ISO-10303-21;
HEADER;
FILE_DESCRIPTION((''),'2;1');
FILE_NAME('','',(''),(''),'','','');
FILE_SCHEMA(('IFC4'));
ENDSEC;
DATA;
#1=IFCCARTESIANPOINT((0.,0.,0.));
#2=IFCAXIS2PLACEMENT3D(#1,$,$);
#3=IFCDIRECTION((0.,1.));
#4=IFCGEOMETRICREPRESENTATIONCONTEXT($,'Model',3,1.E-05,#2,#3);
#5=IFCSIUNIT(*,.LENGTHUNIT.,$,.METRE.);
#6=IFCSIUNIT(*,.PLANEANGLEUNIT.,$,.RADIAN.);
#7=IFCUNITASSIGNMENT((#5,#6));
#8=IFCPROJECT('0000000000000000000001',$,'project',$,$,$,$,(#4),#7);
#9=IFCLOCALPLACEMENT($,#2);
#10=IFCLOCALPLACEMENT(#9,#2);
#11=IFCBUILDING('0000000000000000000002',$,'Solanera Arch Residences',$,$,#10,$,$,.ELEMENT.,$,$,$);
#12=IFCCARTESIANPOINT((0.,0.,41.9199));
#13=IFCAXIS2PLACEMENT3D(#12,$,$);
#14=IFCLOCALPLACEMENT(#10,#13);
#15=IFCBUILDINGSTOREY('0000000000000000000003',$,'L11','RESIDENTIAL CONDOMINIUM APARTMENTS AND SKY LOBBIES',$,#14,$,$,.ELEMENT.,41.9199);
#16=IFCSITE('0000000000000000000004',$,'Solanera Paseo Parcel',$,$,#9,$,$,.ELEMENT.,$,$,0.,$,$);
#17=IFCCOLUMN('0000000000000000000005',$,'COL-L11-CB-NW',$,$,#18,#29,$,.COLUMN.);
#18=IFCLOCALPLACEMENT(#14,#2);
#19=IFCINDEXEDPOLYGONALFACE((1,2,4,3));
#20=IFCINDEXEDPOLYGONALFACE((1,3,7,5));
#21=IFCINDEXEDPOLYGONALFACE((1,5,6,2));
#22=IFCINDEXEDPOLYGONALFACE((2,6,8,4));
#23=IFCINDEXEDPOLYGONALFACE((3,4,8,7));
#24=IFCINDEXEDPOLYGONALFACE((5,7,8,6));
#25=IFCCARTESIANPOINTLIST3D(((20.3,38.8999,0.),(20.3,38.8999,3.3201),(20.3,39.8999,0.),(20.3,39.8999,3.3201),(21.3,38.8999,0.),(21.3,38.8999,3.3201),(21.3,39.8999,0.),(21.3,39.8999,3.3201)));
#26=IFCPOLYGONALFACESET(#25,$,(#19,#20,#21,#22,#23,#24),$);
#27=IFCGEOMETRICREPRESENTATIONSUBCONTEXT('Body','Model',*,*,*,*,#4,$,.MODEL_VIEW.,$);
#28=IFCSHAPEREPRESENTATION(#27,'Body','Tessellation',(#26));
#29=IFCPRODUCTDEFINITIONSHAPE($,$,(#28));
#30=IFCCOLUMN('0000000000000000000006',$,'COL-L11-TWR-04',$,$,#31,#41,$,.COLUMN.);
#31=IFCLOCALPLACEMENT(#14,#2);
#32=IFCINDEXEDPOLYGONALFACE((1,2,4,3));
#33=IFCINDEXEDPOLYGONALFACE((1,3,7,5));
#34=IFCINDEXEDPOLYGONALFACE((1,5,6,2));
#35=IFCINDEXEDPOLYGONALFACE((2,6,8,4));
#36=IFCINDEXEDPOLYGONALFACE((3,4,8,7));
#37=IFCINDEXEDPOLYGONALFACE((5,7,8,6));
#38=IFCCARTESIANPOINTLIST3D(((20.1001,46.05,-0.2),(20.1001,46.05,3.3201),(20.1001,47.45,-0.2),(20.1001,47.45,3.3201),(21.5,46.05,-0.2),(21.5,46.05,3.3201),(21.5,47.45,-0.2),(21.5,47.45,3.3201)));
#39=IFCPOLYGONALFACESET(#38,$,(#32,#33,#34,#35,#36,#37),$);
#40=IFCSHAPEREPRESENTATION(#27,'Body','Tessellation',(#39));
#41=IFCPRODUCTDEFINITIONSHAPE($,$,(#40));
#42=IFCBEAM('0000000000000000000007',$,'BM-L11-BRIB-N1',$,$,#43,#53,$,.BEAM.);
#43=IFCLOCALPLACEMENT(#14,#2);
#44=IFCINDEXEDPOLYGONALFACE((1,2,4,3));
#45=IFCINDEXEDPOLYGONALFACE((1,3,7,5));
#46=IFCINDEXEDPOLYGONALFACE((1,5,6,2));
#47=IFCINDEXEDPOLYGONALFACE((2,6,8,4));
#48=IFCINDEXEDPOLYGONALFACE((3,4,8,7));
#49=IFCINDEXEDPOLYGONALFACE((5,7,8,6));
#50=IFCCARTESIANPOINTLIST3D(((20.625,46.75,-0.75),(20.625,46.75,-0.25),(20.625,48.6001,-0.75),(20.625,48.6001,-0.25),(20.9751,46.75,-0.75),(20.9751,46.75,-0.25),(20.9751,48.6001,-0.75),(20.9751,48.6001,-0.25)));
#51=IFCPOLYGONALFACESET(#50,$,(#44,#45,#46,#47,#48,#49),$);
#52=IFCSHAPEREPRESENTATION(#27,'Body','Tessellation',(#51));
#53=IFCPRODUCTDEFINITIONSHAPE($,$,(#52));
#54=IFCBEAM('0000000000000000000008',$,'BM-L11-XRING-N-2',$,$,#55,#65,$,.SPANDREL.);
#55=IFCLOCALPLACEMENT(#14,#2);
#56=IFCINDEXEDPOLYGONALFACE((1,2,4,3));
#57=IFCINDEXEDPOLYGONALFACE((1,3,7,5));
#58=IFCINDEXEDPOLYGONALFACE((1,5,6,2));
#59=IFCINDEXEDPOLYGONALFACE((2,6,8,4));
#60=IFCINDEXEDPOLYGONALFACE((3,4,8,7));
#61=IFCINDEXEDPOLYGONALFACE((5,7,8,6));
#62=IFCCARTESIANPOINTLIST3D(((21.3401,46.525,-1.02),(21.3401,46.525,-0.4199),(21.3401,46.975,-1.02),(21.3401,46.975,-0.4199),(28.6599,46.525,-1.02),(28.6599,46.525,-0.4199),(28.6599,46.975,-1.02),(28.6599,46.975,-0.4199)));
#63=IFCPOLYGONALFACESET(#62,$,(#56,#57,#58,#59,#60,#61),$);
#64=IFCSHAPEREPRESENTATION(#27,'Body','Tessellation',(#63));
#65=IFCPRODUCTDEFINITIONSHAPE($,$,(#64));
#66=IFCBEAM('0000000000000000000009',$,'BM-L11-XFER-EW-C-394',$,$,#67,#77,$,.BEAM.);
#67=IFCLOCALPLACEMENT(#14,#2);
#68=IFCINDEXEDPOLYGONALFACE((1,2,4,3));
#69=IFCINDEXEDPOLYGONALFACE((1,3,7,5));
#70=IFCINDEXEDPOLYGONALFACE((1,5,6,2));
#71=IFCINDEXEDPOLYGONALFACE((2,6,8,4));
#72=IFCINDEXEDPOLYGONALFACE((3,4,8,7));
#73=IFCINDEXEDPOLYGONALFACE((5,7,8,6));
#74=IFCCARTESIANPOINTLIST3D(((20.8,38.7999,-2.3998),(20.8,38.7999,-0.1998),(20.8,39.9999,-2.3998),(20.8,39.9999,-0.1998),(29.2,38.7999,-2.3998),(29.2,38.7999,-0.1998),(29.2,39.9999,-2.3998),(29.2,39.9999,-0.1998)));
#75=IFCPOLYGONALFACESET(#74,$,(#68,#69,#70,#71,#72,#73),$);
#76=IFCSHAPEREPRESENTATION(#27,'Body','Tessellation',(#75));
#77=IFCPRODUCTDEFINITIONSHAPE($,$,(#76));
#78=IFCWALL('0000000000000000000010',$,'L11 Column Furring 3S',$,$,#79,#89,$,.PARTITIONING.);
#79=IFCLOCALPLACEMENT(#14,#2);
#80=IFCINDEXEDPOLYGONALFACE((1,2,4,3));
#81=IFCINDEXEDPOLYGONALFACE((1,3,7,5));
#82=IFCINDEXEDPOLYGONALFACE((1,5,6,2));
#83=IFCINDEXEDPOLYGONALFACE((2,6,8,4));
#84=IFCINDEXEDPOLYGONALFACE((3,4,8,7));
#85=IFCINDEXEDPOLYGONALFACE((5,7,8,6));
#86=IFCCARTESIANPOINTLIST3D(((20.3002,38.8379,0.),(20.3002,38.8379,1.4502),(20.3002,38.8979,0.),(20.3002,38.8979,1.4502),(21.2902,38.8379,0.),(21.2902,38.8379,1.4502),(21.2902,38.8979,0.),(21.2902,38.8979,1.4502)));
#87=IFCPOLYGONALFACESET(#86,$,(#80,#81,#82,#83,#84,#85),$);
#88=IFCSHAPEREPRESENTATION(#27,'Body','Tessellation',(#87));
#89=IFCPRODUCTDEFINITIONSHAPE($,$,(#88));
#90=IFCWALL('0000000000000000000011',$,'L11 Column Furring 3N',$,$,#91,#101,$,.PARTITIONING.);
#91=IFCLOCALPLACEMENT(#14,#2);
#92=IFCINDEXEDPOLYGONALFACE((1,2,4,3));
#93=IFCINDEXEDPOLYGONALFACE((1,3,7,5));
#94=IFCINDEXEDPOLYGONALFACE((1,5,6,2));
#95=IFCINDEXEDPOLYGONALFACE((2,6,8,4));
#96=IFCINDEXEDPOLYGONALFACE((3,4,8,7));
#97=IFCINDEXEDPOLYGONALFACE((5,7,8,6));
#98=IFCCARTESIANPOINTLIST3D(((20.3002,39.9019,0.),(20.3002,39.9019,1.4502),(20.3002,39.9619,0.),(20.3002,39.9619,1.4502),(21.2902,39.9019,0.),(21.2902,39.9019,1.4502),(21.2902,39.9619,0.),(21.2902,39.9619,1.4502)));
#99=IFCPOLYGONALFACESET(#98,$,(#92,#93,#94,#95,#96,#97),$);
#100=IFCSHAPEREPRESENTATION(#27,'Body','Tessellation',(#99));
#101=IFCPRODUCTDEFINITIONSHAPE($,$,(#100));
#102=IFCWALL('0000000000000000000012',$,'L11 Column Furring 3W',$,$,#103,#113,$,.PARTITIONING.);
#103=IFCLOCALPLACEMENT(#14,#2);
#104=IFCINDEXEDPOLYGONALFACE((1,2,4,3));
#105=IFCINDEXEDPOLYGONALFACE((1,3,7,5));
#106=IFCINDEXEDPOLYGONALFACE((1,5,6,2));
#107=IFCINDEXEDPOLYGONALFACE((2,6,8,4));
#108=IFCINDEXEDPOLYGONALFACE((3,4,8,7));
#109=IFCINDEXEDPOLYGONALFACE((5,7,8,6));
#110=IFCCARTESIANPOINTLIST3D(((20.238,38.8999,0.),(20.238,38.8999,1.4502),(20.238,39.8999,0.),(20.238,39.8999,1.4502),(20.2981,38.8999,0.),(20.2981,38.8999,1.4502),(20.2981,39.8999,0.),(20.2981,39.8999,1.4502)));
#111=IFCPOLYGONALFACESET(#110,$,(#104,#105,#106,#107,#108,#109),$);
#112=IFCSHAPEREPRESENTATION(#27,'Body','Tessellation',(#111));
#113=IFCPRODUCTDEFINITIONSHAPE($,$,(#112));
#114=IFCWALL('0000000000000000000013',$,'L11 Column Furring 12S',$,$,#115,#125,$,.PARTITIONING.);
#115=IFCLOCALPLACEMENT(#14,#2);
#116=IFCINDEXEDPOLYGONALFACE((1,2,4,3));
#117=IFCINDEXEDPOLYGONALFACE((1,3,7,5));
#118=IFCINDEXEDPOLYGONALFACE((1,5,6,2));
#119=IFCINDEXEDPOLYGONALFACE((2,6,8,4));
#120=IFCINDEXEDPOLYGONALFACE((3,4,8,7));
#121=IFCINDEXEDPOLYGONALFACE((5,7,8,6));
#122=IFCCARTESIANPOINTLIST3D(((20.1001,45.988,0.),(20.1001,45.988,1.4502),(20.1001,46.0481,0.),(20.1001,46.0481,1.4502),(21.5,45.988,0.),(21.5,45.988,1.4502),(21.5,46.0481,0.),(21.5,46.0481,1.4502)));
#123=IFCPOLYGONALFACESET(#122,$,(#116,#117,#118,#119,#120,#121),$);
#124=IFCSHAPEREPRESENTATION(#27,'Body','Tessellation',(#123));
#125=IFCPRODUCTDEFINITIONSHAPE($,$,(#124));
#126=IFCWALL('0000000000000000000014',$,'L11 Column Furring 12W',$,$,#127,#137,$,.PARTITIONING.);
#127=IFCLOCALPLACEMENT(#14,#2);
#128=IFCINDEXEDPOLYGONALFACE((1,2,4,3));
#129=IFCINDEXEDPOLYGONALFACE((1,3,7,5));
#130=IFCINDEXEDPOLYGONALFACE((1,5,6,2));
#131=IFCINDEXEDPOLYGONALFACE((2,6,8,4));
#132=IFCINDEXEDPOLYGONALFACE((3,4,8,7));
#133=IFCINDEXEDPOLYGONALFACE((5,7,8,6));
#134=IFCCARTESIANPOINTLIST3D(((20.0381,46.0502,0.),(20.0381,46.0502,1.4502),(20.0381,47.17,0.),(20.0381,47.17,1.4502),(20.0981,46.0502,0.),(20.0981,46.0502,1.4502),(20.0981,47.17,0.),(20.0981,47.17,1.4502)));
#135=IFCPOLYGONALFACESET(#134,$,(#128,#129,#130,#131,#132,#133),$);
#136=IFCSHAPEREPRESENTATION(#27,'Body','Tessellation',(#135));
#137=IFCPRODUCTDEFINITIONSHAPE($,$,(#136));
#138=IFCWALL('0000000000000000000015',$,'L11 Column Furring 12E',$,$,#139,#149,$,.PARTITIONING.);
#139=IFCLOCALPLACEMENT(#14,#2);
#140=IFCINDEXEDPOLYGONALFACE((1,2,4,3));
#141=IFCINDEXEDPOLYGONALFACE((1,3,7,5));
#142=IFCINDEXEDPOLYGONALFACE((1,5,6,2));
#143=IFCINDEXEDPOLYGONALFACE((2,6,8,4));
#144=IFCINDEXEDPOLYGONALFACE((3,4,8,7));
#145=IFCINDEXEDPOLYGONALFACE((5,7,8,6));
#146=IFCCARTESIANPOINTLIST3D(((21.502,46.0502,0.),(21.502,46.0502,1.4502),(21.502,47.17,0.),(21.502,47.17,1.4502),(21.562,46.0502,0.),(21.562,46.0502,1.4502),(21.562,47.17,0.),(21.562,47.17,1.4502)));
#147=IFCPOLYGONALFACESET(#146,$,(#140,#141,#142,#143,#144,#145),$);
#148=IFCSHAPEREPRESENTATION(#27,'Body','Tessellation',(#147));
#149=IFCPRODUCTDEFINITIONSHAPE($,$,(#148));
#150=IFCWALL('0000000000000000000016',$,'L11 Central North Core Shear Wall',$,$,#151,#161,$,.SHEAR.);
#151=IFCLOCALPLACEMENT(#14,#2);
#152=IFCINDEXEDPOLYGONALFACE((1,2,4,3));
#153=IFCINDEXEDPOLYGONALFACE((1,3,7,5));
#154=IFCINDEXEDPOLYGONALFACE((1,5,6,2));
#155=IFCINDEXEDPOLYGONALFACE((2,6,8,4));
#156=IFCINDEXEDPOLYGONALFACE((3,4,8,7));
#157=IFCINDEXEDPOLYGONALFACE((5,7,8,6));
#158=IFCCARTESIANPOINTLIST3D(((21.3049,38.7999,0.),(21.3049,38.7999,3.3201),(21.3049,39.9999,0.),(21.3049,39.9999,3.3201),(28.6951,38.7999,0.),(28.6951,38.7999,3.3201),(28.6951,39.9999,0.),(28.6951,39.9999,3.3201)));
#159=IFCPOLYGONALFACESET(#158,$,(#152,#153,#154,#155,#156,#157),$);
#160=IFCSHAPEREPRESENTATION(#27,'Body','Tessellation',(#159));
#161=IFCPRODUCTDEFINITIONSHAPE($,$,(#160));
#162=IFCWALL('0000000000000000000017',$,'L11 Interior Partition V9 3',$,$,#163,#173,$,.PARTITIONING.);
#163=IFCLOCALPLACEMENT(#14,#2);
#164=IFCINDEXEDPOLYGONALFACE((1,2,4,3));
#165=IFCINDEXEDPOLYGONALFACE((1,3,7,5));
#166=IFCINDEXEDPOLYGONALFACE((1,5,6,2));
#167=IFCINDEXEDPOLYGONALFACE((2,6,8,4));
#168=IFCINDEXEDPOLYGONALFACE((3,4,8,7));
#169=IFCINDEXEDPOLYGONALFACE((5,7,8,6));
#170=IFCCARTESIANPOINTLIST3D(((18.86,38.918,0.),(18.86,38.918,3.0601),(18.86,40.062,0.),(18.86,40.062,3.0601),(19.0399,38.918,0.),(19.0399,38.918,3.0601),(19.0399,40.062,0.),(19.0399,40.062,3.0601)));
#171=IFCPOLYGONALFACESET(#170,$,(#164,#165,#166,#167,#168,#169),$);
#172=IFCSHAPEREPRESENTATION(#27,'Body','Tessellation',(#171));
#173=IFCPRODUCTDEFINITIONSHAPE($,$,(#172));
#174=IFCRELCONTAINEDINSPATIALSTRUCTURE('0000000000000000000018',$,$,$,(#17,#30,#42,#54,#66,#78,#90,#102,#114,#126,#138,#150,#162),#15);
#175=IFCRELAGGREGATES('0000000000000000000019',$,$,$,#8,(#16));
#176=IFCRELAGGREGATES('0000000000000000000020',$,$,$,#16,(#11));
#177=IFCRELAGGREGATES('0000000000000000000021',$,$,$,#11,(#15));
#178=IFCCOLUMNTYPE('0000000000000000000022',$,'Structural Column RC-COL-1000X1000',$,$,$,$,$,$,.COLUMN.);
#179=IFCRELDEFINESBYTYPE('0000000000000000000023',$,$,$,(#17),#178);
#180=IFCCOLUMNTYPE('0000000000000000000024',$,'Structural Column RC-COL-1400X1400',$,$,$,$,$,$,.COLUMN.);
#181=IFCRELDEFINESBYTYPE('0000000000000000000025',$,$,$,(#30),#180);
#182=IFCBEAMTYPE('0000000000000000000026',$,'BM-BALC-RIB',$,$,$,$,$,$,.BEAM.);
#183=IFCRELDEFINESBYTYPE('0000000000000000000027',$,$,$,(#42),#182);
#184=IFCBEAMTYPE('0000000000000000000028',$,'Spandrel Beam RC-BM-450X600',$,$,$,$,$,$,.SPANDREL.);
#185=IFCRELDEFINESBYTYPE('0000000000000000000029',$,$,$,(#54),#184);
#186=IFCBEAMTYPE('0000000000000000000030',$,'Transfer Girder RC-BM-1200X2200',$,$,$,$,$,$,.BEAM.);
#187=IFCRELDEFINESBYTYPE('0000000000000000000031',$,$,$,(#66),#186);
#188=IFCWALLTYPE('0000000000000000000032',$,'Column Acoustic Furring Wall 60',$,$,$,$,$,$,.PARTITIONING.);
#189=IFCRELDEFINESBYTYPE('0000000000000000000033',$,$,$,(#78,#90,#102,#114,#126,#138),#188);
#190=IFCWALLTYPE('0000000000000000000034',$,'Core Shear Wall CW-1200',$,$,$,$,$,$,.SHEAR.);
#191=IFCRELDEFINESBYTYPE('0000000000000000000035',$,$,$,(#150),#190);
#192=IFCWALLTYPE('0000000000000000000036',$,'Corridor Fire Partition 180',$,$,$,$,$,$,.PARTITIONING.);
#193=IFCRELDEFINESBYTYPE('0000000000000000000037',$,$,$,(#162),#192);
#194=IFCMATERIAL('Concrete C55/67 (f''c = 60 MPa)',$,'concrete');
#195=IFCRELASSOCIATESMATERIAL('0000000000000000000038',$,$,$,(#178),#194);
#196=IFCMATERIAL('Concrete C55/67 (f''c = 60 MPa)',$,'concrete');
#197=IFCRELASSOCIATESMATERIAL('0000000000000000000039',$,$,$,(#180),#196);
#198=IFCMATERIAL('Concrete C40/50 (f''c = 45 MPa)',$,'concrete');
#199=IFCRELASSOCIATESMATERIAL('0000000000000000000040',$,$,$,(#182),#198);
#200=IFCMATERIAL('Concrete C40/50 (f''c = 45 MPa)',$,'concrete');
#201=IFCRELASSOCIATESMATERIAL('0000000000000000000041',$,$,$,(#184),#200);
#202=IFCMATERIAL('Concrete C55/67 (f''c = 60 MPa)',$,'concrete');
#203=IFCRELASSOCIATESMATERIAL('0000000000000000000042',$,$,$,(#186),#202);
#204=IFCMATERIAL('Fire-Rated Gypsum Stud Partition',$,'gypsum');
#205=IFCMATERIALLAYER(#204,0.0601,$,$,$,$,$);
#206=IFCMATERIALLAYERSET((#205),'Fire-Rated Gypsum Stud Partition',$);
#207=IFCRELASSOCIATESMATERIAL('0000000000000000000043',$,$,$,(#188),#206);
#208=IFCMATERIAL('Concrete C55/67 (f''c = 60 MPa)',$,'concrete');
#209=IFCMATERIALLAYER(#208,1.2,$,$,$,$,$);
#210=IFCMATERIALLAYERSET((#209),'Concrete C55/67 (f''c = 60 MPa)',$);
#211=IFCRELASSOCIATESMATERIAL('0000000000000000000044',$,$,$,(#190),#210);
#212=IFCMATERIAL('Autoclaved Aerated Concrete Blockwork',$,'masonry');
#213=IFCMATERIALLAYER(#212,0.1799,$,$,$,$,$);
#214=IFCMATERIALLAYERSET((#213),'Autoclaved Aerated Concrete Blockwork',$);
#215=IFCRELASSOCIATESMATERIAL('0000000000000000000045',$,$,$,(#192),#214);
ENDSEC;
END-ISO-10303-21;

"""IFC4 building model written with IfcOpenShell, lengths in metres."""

from ifc_helpers import new_model, si_unit, direction, frame, frame_2d, origin, origin_2d, place, context, subcontext, project, spatial, rectangle, extrude, material, layer, layer_set, material_profile, profile_set, type_object, element, save


model = new_model("IFC4")

# Units and contexts
model_context = context("Model", 3, precision=1e-05, world=origin(), true_north=direction((0.0, 1.0)))
body_context = subcontext(model_context, "Body", "Model", "MODEL_VIEW")
ifc_project = project(units=[si_unit("LENGTHUNIT", "METRE"), si_unit("PLANEANGLEUNIT", "RADIAN")], contexts=[model_context])

# Site, building, storey
site_placement = place(None, origin())
site = spatial("IfcSite", under=ifc_project, at=site_placement, Name="Solanera Paseo Parcel", CompositionType="ELEMENT", RefElevation=0.0)
building_placement = place(site_placement, origin())
building = spatial("IfcBuilding", under=site, at=building_placement, Name="Solanera Arch Residences", CompositionType="ELEMENT")
storey_placement = place(building_placement, frame((0.0, 0.0, 41.9199)))
storey = spatial("IfcBuildingStorey", under=building, at=storey_placement, Name="L11", Description="RESIDENTIAL CONDOMINIUM APARTMENTS AND SKY LOBBIES", CompositionType="ELEMENT", Elevation=41.9199)

# Columns
ifc_material_1 = material(Name="Concrete C55/67 (f'c = 60 MPa)", Category="concrete")
ifc_material_profile_1 = material_profile(ifc_material_1, rectangle(XDim=1.0, YDim=1.0, at=origin_2d()))
ifc_profile_set_1 = profile_set([ifc_material_profile_1], Name="Concrete C55/67 (f'c = 60 MPa)")
column_type_1 = type_object("IfcColumnType", Name="Structural Column RC-COL-1000X1000", PredefinedType="COLUMN", material=ifc_profile_set_1)
column_1_placement = place(storey_placement, frame((20.8, 39.3999, 0.0), z_axis=(0.0, 0.0, 1.0), x_axis=(1.0, 0.0, 0.0)))
element("IfcColumn", 1, at=column_1_placement, inside=storey, type_object=column_type_1, Name="COL-L11-CB-NW", PredefinedType="COLUMN", context=body_context, shape_type="SweptSolid", body=[
    extrude(rectangle(XDim=1.0, YDim=1.0, at=origin_2d()), origin(), (0.0, 0.0, 1.0), 3.3201),
])
ifc_material_2 = material(Name="Concrete C55/67 (f'c = 60 MPa)", Category="concrete")
ifc_material_profile_2 = material_profile(ifc_material_2, rectangle(XDim=1.3999, YDim=1.3999, at=origin_2d()))
ifc_profile_set_2 = profile_set([ifc_material_profile_2], Name="Concrete C55/67 (f'c = 60 MPa)")
column_type_2 = type_object("IfcColumnType", Name="Structural Column RC-COL-1400X1400", PredefinedType="COLUMN", material=ifc_profile_set_2)
column_2_placement = place(storey_placement, frame((20.8, 46.75, -0.2), z_axis=(0.0, 0.0, 1.0), x_axis=(1.0, 0.0, 0.0)))
element("IfcColumn", 2, at=column_2_placement, inside=storey, type_object=column_type_2, Name="COL-L11-TWR-04", PredefinedType="COLUMN", context=body_context, shape_type="SweptSolid", body=[
    extrude(rectangle(XDim=1.3999, YDim=1.3999, at=origin_2d()), origin(), (0.0, 0.0, 1.0), 3.52),
])

# Beams
ifc_material_3 = material(Name="Concrete C40/50 (f'c = 45 MPa)", Category="concrete")
ifc_material_profile_3 = material_profile(ifc_material_3, rectangle(XDim=0.3501, YDim=0.5, at=origin_2d()))
ifc_profile_set_3 = profile_set([ifc_material_profile_3], Name="Concrete C40/50 (f'c = 45 MPa)")
beam_type_1 = type_object("IfcBeamType", Name="BM-BALC-RIB", PredefinedType="BEAM", material=ifc_profile_set_3)
beam_1_placement = place(storey_placement, frame((20.8, 46.75, -0.5), z_axis=(0.0, 1.0, 0.0), x_axis=(-1.0, 0.0, 0.0)))
element("IfcBeam", 3, at=beam_1_placement, inside=storey, type_object=beam_type_1, Name="BM-L11-BRIB-N1", PredefinedType="BEAM", context=body_context, shape_type="SweptSolid", body=[
    extrude(rectangle(XDim=0.3501, YDim=0.5, at=origin_2d()), origin(), (0.0, 0.0, 1.0), 1.8501),
])
ifc_material_4 = material(Name="Concrete C40/50 (f'c = 45 MPa)", Category="concrete")
ifc_material_profile_4 = material_profile(ifc_material_4, rectangle(XDim=0.45, YDim=0.6001, at=origin_2d()))
ifc_profile_set_4 = profile_set([ifc_material_profile_4], Name="Concrete C40/50 (f'c = 45 MPa)")
beam_type_2 = type_object("IfcBeamType", Name="Spandrel Beam RC-BM-450X600", PredefinedType="SPANDREL", material=ifc_profile_set_4)
beam_2_placement = place(storey_placement, frame((21.3401, 46.75, -0.72), z_axis=(1.0, 0.0, 0.0), x_axis=(0.0, 1.0, 0.0)))
element("IfcBeam", 4, at=beam_2_placement, inside=storey, type_object=beam_type_2, Name="BM-L11-XRING-N-2", PredefinedType="SPANDREL", context=body_context, shape_type="SweptSolid", body=[
    extrude(rectangle(XDim=0.45, YDim=0.6001, at=origin_2d()), origin(), (0.0, 0.0, 1.0), 7.3198),
])
ifc_material_5 = material(Name="Concrete C55/67 (f'c = 60 MPa)", Category="concrete")
ifc_material_profile_5 = material_profile(ifc_material_5, rectangle(XDim=1.2, YDim=2.2, at=origin_2d()))
ifc_profile_set_5 = profile_set([ifc_material_profile_5], Name="Concrete C55/67 (f'c = 60 MPa)")
beam_type_3 = type_object("IfcBeamType", Name="Transfer Girder RC-BM-1200X2200", PredefinedType="BEAM", material=ifc_profile_set_5)
beam_3_placement = place(storey_placement, frame((20.8, 39.3999, -1.2998), z_axis=(1.0, 0.0, 0.0), x_axis=(0.0, 1.0, 0.0)))
element("IfcBeam", 5, at=beam_3_placement, inside=storey, type_object=beam_type_3, Name="BM-L11-XFER-EW-C-394", PredefinedType="BEAM", context=body_context, shape_type="SweptSolid", body=[
    extrude(rectangle(XDim=1.2, YDim=2.2, at=origin_2d()), origin(), (0.0, 0.0, 1.0), 8.3999),
])

# Walls
ifc_material_6 = material(Name="Fire-Rated Gypsum Stud Partition", Category="gypsum")
ifc_layer_1 = layer(ifc_material_6, 0.0601)
ifc_layer_set_1 = layer_set([ifc_layer_1], Name="Fire-Rated Gypsum Stud Partition")
wall_type_1 = type_object("IfcWallType", Name="Column Acoustic Furring Wall 60", PredefinedType="PARTITIONING", material=ifc_layer_set_1)
for number, where, z_axis, x_axis, name in (
    (6, (20.3, 38.8679, 0.0), (0.0, 0.0, 1.0), (1.0, 0.0, 0.0), "L11 Column Furring 3S"),
    (7, (20.3, 39.9319, 0.0), (0.0, 0.0, 1.0), (1.0, 0.0, 0.0), "L11 Column Furring 3N"),
):
    element("IfcWall", number, at=place(storey_placement, frame(where, z_axis=z_axis, x_axis=x_axis)), inside=storey, type_object=wall_type_1, Name=name, PredefinedType="PARTITIONING", context=body_context, shape_type="SweptSolid", body=[
        extrude(rectangle(XDim=0.99, YDim=0.0601, at=frame_2d((0.4951, 0.0))), origin(), (0.0, 0.0, 1.0), 1.4502),
    ])
wall_1_placement = place(storey_placement, frame((20.2681, 38.8999, 0.0), z_axis=(0.0, 0.0, 1.0), x_axis=(0.0, 1.0, 0.0)))
element("IfcWall", 8, at=wall_1_placement, inside=storey, type_object=wall_type_1, Name="L11 Column Furring 3W", PredefinedType="PARTITIONING", context=body_context, shape_type="SweptSolid", body=[
    extrude(rectangle(XDim=1.0, YDim=0.0601, at=frame_2d((0.5, 0.0))), origin(), (0.0, 0.0, 1.0), 1.4502),
])
wall_2_placement = place(storey_placement, frame((20.1001, 46.0181, 0.0), z_axis=(0.0, 0.0, 1.0), x_axis=(1.0, 0.0, 0.0)))
element("IfcWall", 9, at=wall_2_placement, inside=storey, type_object=wall_type_1, Name="L11 Column Furring 12S", PredefinedType="PARTITIONING", context=body_context, shape_type="SweptSolid", body=[
    extrude(rectangle(XDim=1.3999, YDim=0.0601, at=frame_2d((0.7, 0.0))), origin(), (0.0, 0.0, 1.0), 1.4502),
])
for number, where, z_axis, x_axis, name in (
    (10, (20.0681, 46.05, 0.0), (0.0, 0.0, 1.0), (0.0, 1.0, 0.0), "L11 Column Furring 12W"),
    (11, (21.532, 46.05, 0.0), (0.0, 0.0, 1.0), (0.0, 1.0, 0.0), "L11 Column Furring 12E"),
):
    element("IfcWall", number, at=place(storey_placement, frame(where, z_axis=z_axis, x_axis=x_axis)), inside=storey, type_object=wall_type_1, Name=name, PredefinedType="PARTITIONING", context=body_context, shape_type="SweptSolid", body=[
        extrude(rectangle(XDim=1.1199, YDim=0.0601, at=frame_2d((0.5601, 0.0))), origin(), (0.0, 0.0, 1.0), 1.4502),
    ])
ifc_material_7 = material(Name="Concrete C55/67 (f'c = 60 MPa)", Category="concrete")
ifc_layer_2 = layer(ifc_material_7, 1.2)
ifc_layer_set_2 = layer_set([ifc_layer_2], Name="Concrete C55/67 (f'c = 60 MPa)")
wall_type_2 = type_object("IfcWallType", Name="Core Shear Wall CW-1200", PredefinedType="SHEAR", material=ifc_layer_set_2)
wall_3_placement = place(storey_placement, frame((21.3049, 39.3999, 0.0), z_axis=(0.0, 0.0, 1.0), x_axis=(1.0, 0.0, 0.0)))
element("IfcWall", 12, at=wall_3_placement, inside=storey, type_object=wall_type_2, Name="L11 Central North Core Shear Wall", PredefinedType="SHEAR", context=body_context, shape_type="SweptSolid", body=[
    extrude(rectangle(XDim=7.3901, YDim=1.2, at=frame_2d((3.6951, 0.0))), origin(), (0.0, 0.0, 1.0), 3.3201),
])
ifc_material_8 = material(Name="Autoclaved Aerated Concrete Blockwork", Category="masonry")
ifc_layer_3 = layer(ifc_material_8, 0.1799)
ifc_layer_set_3 = layer_set([ifc_layer_3], Name="Autoclaved Aerated Concrete Blockwork")
wall_type_3 = type_object("IfcWallType", Name="Corridor Fire Partition 180", PredefinedType="PARTITIONING", material=ifc_layer_set_3)
wall_4_placement = place(storey_placement, frame((18.95, 38.918, 0.0), z_axis=(0.0, 0.0, 1.0), x_axis=(0.0, 1.0, 0.0)))
element("IfcWall", 13, at=wall_4_placement, inside=storey, type_object=wall_type_3, Name="L11 Interior Partition V9 3", PredefinedType="PARTITIONING", context=body_context, shape_type="SweptSolid", body=[
    extrude(rectangle(XDim=1.144, YDim=0.1799, at=frame_2d((0.572, 0.0))), origin(), (0.0, 0.0, 1.0), 3.0601),
])

save(model, "model.ifc")
